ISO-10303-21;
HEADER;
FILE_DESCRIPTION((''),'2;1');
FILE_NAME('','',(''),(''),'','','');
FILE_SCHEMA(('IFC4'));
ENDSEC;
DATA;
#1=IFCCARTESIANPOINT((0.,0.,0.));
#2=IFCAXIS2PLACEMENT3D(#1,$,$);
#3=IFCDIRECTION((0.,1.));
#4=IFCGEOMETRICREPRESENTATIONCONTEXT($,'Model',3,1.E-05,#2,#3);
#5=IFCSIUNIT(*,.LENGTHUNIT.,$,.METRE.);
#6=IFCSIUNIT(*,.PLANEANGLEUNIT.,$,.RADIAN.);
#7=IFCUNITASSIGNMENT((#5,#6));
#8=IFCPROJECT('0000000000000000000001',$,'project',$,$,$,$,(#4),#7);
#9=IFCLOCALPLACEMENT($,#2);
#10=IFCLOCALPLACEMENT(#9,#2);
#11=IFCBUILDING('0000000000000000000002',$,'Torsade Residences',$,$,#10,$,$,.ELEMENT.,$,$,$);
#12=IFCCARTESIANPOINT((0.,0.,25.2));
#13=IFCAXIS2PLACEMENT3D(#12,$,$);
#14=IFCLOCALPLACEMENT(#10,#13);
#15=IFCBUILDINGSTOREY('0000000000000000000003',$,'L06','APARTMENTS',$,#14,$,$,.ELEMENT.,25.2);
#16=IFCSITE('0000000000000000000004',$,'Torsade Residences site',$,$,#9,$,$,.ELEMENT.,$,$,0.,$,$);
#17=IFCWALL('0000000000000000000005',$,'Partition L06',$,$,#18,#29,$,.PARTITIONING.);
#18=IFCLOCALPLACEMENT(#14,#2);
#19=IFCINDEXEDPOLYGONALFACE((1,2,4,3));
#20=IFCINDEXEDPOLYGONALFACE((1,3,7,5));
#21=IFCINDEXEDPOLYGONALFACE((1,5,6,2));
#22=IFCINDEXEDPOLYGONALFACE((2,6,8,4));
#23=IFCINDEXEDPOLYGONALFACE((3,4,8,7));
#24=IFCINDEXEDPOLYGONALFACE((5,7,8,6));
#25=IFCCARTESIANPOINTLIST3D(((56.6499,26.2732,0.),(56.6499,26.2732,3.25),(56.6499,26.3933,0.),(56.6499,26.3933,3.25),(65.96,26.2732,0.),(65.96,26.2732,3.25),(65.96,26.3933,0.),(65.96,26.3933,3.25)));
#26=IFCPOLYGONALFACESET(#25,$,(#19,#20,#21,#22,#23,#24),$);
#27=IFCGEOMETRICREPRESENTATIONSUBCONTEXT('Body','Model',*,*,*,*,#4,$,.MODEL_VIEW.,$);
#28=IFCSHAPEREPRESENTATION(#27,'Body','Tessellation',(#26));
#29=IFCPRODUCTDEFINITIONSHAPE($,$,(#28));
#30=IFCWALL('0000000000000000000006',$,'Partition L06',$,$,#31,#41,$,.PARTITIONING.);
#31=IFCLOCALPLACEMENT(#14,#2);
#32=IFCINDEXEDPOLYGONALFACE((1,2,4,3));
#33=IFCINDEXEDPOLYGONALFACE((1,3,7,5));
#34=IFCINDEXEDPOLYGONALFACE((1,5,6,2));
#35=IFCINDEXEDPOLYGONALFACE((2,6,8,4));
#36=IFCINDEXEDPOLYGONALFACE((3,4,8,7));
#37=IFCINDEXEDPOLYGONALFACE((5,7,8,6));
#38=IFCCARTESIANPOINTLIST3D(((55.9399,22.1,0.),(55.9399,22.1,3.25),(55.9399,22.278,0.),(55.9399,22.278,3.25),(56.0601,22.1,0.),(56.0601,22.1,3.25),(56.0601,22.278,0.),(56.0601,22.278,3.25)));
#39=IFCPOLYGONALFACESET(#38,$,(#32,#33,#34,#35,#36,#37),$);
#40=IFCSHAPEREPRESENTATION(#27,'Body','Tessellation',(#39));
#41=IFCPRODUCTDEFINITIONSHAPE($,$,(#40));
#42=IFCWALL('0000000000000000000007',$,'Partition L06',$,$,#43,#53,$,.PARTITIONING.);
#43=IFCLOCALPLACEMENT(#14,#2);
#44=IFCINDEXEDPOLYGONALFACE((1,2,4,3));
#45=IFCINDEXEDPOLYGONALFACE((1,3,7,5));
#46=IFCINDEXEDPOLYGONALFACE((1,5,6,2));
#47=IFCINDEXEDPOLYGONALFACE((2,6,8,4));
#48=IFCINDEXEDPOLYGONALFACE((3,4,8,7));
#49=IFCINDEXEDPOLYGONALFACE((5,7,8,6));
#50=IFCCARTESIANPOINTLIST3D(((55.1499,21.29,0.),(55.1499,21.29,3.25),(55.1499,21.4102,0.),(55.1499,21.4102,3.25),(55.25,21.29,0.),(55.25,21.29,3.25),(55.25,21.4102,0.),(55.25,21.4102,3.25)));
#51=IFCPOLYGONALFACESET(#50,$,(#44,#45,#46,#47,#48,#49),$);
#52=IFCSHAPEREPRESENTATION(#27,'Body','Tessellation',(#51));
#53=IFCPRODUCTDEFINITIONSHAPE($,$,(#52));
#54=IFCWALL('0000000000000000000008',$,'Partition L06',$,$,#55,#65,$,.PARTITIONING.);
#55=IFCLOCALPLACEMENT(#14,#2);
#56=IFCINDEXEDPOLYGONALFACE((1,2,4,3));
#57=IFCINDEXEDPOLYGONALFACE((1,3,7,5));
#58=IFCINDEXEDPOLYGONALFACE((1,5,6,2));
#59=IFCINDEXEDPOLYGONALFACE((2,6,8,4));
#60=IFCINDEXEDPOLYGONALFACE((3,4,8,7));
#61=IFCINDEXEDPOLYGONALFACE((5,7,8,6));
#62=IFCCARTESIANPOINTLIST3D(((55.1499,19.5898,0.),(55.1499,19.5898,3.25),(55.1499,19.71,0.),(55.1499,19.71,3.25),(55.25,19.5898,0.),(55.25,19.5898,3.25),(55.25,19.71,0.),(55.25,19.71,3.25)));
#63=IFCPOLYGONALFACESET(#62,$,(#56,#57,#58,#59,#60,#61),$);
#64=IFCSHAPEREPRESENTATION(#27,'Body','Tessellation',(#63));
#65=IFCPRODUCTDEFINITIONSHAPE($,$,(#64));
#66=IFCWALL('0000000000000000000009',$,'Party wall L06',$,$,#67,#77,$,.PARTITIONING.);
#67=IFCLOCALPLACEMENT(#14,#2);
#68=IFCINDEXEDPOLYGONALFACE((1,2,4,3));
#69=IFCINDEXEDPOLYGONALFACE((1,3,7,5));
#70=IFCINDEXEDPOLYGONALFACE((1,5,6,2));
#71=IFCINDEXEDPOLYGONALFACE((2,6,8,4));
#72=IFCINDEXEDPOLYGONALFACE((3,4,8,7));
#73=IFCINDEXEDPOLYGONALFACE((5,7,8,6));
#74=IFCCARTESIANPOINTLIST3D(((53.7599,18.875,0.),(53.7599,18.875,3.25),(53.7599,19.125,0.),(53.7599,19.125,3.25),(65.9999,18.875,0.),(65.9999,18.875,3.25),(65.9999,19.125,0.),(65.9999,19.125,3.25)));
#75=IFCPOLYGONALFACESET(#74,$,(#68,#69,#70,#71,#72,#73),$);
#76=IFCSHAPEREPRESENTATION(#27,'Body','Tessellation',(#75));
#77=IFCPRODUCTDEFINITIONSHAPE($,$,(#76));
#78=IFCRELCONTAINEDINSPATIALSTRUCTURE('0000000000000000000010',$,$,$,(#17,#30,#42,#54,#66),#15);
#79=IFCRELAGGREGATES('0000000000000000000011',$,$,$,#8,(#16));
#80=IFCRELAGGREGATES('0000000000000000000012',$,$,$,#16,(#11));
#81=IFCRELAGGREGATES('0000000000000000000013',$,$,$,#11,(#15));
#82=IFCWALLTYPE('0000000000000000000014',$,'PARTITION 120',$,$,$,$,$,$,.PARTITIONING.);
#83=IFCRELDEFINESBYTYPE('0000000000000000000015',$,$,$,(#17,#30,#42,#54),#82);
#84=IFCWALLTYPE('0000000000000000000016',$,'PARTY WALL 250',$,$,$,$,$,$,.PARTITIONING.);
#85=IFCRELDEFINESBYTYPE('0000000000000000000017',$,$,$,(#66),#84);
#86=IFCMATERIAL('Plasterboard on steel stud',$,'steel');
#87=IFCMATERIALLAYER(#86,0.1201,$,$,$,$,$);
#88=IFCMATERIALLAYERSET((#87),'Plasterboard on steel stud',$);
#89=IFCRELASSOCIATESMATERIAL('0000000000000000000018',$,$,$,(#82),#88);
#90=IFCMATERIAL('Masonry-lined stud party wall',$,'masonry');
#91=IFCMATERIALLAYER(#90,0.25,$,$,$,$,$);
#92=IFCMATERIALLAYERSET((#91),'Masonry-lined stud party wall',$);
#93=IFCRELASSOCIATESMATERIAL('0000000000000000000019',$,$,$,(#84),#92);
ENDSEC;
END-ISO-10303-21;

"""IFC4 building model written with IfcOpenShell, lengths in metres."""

from ifc_helpers import new_model, si_unit, direction, frame, frame_2d, origin, place, context, subcontext, project, spatial, rectangle, extrude, material, layer, layer_set, type_object, element, save


model = new_model("IFC4")

# Units and contexts
model_context = context("Model", 3, precision=1e-05, world=origin(), true_north=direction((0.0, 1.0)))
body_context = subcontext(model_context, "Body", "Model", "MODEL_VIEW")
ifc_project = project(units=[si_unit("LENGTHUNIT", "METRE"), si_unit("PLANEANGLEUNIT", "RADIAN")], contexts=[model_context])

# Site, building, storey
site_placement = place(None, origin())
site = spatial("IfcSite", under=ifc_project, at=site_placement, Name="Torsade Residences site", CompositionType="ELEMENT", RefElevation=0.0)
building_placement = place(site_placement, origin())
building = spatial("IfcBuilding", under=site, at=building_placement, Name="Torsade Residences", CompositionType="ELEMENT")
storey_placement = place(building_placement, frame((0.0, 0.0, 25.2)))
storey = spatial("IfcBuildingStorey", under=building, at=storey_placement, Name="L06", Description="APARTMENTS", CompositionType="ELEMENT", Elevation=25.2)

# Shared definitions
ifc_material_1 = material(Name="Plasterboard on steel stud", Category="steel")
ifc_layer_1 = layer(ifc_material_1, 0.1201)
ifc_layer_set_1 = layer_set([ifc_layer_1], Name="Plasterboard on steel stud")
wall_type_1 = type_object("IfcWallType", Name="PARTITION 120", PredefinedType="PARTITIONING", material=ifc_layer_set_1)

# Walls
wall_1_placement = place(storey_placement, frame((65.96, 26.3333, 0.0), z_axis=(0.0, 0.0, 1.0), x_axis=(-1.0, 0.0, 0.0)))
element("IfcWall", 1, at=wall_1_placement, inside=storey, type_object=wall_type_1, Name="Partition L06", PredefinedType="PARTITIONING", context=body_context, shape_type="SweptSolid", body=[
    extrude(rectangle(XDim=9.3101, YDim=0.1201, at=frame_2d((4.655, 0.0))), origin(), (0.0, 0.0, 1.0), 3.25),
])
wall_2_placement = place(storey_placement, frame((56.0, 22.1001, 0.0), z_axis=(0.0, 0.0, 1.0), x_axis=(0.0, 1.0, 0.0)))
element("IfcWall", 2, at=wall_2_placement, inside=storey, type_object=wall_type_1, Name="Partition L06", PredefinedType="PARTITIONING", context=body_context, shape_type="SweptSolid", body=[
    extrude(rectangle(XDim=0.178, YDim=0.1201, at=frame_2d((0.0889, 0.0))), origin(), (0.0, 0.0, 1.0), 3.25),
])
for number, where, z_axis, x_axis, name in (
    (3, (55.1499, 21.3501, 0.0), (0.0, 0.0, 1.0), (1.0, 0.0, 0.0), "Partition L06"),
    (4, (55.1499, 19.6499, 0.0), (0.0, 0.0, 1.0), (1.0, 0.0, 0.0), "Partition L06"),
):
    element("IfcWall", number, at=place(storey_placement, frame(where, z_axis=z_axis, x_axis=x_axis)), inside=storey, type_object=wall_type_1, Name=name, PredefinedType="PARTITIONING", context=body_context, shape_type="SweptSolid", body=[
        extrude(rectangle(XDim=0.1001, YDim=0.1201, at=frame_2d((0.05, 0.0))), origin(), (0.0, 0.0, 1.0), 3.25),
    ])
ifc_material_2 = material(Name="Masonry-lined stud party wall", Category="masonry")
ifc_layer_2 = layer(ifc_material_2, 0.25)
ifc_layer_set_2 = layer_set([ifc_layer_2], Name="Masonry-lined stud party wall")
wall_type_2 = type_object("IfcWallType", Name="PARTY WALL 250", PredefinedType="PARTITIONING", material=ifc_layer_set_2)
wall_3_placement = place(storey_placement, frame((66.0, 19.0, 0.0), z_axis=(0.0, 0.0, 1.0), x_axis=(-1.0, 0.0, 0.0)))
element("IfcWall", 5, at=wall_3_placement, inside=storey, type_object=wall_type_2, Name="Party wall L06", PredefinedType="PARTITIONING", context=body_context, shape_type="SweptSolid", body=[
    extrude(rectangle(XDim=12.24, YDim=0.25, at=frame_2d((6.1201, 0.0))), origin(), (0.0, 0.0, 1.0), 3.25),
])

save(model, "model.ifc")
